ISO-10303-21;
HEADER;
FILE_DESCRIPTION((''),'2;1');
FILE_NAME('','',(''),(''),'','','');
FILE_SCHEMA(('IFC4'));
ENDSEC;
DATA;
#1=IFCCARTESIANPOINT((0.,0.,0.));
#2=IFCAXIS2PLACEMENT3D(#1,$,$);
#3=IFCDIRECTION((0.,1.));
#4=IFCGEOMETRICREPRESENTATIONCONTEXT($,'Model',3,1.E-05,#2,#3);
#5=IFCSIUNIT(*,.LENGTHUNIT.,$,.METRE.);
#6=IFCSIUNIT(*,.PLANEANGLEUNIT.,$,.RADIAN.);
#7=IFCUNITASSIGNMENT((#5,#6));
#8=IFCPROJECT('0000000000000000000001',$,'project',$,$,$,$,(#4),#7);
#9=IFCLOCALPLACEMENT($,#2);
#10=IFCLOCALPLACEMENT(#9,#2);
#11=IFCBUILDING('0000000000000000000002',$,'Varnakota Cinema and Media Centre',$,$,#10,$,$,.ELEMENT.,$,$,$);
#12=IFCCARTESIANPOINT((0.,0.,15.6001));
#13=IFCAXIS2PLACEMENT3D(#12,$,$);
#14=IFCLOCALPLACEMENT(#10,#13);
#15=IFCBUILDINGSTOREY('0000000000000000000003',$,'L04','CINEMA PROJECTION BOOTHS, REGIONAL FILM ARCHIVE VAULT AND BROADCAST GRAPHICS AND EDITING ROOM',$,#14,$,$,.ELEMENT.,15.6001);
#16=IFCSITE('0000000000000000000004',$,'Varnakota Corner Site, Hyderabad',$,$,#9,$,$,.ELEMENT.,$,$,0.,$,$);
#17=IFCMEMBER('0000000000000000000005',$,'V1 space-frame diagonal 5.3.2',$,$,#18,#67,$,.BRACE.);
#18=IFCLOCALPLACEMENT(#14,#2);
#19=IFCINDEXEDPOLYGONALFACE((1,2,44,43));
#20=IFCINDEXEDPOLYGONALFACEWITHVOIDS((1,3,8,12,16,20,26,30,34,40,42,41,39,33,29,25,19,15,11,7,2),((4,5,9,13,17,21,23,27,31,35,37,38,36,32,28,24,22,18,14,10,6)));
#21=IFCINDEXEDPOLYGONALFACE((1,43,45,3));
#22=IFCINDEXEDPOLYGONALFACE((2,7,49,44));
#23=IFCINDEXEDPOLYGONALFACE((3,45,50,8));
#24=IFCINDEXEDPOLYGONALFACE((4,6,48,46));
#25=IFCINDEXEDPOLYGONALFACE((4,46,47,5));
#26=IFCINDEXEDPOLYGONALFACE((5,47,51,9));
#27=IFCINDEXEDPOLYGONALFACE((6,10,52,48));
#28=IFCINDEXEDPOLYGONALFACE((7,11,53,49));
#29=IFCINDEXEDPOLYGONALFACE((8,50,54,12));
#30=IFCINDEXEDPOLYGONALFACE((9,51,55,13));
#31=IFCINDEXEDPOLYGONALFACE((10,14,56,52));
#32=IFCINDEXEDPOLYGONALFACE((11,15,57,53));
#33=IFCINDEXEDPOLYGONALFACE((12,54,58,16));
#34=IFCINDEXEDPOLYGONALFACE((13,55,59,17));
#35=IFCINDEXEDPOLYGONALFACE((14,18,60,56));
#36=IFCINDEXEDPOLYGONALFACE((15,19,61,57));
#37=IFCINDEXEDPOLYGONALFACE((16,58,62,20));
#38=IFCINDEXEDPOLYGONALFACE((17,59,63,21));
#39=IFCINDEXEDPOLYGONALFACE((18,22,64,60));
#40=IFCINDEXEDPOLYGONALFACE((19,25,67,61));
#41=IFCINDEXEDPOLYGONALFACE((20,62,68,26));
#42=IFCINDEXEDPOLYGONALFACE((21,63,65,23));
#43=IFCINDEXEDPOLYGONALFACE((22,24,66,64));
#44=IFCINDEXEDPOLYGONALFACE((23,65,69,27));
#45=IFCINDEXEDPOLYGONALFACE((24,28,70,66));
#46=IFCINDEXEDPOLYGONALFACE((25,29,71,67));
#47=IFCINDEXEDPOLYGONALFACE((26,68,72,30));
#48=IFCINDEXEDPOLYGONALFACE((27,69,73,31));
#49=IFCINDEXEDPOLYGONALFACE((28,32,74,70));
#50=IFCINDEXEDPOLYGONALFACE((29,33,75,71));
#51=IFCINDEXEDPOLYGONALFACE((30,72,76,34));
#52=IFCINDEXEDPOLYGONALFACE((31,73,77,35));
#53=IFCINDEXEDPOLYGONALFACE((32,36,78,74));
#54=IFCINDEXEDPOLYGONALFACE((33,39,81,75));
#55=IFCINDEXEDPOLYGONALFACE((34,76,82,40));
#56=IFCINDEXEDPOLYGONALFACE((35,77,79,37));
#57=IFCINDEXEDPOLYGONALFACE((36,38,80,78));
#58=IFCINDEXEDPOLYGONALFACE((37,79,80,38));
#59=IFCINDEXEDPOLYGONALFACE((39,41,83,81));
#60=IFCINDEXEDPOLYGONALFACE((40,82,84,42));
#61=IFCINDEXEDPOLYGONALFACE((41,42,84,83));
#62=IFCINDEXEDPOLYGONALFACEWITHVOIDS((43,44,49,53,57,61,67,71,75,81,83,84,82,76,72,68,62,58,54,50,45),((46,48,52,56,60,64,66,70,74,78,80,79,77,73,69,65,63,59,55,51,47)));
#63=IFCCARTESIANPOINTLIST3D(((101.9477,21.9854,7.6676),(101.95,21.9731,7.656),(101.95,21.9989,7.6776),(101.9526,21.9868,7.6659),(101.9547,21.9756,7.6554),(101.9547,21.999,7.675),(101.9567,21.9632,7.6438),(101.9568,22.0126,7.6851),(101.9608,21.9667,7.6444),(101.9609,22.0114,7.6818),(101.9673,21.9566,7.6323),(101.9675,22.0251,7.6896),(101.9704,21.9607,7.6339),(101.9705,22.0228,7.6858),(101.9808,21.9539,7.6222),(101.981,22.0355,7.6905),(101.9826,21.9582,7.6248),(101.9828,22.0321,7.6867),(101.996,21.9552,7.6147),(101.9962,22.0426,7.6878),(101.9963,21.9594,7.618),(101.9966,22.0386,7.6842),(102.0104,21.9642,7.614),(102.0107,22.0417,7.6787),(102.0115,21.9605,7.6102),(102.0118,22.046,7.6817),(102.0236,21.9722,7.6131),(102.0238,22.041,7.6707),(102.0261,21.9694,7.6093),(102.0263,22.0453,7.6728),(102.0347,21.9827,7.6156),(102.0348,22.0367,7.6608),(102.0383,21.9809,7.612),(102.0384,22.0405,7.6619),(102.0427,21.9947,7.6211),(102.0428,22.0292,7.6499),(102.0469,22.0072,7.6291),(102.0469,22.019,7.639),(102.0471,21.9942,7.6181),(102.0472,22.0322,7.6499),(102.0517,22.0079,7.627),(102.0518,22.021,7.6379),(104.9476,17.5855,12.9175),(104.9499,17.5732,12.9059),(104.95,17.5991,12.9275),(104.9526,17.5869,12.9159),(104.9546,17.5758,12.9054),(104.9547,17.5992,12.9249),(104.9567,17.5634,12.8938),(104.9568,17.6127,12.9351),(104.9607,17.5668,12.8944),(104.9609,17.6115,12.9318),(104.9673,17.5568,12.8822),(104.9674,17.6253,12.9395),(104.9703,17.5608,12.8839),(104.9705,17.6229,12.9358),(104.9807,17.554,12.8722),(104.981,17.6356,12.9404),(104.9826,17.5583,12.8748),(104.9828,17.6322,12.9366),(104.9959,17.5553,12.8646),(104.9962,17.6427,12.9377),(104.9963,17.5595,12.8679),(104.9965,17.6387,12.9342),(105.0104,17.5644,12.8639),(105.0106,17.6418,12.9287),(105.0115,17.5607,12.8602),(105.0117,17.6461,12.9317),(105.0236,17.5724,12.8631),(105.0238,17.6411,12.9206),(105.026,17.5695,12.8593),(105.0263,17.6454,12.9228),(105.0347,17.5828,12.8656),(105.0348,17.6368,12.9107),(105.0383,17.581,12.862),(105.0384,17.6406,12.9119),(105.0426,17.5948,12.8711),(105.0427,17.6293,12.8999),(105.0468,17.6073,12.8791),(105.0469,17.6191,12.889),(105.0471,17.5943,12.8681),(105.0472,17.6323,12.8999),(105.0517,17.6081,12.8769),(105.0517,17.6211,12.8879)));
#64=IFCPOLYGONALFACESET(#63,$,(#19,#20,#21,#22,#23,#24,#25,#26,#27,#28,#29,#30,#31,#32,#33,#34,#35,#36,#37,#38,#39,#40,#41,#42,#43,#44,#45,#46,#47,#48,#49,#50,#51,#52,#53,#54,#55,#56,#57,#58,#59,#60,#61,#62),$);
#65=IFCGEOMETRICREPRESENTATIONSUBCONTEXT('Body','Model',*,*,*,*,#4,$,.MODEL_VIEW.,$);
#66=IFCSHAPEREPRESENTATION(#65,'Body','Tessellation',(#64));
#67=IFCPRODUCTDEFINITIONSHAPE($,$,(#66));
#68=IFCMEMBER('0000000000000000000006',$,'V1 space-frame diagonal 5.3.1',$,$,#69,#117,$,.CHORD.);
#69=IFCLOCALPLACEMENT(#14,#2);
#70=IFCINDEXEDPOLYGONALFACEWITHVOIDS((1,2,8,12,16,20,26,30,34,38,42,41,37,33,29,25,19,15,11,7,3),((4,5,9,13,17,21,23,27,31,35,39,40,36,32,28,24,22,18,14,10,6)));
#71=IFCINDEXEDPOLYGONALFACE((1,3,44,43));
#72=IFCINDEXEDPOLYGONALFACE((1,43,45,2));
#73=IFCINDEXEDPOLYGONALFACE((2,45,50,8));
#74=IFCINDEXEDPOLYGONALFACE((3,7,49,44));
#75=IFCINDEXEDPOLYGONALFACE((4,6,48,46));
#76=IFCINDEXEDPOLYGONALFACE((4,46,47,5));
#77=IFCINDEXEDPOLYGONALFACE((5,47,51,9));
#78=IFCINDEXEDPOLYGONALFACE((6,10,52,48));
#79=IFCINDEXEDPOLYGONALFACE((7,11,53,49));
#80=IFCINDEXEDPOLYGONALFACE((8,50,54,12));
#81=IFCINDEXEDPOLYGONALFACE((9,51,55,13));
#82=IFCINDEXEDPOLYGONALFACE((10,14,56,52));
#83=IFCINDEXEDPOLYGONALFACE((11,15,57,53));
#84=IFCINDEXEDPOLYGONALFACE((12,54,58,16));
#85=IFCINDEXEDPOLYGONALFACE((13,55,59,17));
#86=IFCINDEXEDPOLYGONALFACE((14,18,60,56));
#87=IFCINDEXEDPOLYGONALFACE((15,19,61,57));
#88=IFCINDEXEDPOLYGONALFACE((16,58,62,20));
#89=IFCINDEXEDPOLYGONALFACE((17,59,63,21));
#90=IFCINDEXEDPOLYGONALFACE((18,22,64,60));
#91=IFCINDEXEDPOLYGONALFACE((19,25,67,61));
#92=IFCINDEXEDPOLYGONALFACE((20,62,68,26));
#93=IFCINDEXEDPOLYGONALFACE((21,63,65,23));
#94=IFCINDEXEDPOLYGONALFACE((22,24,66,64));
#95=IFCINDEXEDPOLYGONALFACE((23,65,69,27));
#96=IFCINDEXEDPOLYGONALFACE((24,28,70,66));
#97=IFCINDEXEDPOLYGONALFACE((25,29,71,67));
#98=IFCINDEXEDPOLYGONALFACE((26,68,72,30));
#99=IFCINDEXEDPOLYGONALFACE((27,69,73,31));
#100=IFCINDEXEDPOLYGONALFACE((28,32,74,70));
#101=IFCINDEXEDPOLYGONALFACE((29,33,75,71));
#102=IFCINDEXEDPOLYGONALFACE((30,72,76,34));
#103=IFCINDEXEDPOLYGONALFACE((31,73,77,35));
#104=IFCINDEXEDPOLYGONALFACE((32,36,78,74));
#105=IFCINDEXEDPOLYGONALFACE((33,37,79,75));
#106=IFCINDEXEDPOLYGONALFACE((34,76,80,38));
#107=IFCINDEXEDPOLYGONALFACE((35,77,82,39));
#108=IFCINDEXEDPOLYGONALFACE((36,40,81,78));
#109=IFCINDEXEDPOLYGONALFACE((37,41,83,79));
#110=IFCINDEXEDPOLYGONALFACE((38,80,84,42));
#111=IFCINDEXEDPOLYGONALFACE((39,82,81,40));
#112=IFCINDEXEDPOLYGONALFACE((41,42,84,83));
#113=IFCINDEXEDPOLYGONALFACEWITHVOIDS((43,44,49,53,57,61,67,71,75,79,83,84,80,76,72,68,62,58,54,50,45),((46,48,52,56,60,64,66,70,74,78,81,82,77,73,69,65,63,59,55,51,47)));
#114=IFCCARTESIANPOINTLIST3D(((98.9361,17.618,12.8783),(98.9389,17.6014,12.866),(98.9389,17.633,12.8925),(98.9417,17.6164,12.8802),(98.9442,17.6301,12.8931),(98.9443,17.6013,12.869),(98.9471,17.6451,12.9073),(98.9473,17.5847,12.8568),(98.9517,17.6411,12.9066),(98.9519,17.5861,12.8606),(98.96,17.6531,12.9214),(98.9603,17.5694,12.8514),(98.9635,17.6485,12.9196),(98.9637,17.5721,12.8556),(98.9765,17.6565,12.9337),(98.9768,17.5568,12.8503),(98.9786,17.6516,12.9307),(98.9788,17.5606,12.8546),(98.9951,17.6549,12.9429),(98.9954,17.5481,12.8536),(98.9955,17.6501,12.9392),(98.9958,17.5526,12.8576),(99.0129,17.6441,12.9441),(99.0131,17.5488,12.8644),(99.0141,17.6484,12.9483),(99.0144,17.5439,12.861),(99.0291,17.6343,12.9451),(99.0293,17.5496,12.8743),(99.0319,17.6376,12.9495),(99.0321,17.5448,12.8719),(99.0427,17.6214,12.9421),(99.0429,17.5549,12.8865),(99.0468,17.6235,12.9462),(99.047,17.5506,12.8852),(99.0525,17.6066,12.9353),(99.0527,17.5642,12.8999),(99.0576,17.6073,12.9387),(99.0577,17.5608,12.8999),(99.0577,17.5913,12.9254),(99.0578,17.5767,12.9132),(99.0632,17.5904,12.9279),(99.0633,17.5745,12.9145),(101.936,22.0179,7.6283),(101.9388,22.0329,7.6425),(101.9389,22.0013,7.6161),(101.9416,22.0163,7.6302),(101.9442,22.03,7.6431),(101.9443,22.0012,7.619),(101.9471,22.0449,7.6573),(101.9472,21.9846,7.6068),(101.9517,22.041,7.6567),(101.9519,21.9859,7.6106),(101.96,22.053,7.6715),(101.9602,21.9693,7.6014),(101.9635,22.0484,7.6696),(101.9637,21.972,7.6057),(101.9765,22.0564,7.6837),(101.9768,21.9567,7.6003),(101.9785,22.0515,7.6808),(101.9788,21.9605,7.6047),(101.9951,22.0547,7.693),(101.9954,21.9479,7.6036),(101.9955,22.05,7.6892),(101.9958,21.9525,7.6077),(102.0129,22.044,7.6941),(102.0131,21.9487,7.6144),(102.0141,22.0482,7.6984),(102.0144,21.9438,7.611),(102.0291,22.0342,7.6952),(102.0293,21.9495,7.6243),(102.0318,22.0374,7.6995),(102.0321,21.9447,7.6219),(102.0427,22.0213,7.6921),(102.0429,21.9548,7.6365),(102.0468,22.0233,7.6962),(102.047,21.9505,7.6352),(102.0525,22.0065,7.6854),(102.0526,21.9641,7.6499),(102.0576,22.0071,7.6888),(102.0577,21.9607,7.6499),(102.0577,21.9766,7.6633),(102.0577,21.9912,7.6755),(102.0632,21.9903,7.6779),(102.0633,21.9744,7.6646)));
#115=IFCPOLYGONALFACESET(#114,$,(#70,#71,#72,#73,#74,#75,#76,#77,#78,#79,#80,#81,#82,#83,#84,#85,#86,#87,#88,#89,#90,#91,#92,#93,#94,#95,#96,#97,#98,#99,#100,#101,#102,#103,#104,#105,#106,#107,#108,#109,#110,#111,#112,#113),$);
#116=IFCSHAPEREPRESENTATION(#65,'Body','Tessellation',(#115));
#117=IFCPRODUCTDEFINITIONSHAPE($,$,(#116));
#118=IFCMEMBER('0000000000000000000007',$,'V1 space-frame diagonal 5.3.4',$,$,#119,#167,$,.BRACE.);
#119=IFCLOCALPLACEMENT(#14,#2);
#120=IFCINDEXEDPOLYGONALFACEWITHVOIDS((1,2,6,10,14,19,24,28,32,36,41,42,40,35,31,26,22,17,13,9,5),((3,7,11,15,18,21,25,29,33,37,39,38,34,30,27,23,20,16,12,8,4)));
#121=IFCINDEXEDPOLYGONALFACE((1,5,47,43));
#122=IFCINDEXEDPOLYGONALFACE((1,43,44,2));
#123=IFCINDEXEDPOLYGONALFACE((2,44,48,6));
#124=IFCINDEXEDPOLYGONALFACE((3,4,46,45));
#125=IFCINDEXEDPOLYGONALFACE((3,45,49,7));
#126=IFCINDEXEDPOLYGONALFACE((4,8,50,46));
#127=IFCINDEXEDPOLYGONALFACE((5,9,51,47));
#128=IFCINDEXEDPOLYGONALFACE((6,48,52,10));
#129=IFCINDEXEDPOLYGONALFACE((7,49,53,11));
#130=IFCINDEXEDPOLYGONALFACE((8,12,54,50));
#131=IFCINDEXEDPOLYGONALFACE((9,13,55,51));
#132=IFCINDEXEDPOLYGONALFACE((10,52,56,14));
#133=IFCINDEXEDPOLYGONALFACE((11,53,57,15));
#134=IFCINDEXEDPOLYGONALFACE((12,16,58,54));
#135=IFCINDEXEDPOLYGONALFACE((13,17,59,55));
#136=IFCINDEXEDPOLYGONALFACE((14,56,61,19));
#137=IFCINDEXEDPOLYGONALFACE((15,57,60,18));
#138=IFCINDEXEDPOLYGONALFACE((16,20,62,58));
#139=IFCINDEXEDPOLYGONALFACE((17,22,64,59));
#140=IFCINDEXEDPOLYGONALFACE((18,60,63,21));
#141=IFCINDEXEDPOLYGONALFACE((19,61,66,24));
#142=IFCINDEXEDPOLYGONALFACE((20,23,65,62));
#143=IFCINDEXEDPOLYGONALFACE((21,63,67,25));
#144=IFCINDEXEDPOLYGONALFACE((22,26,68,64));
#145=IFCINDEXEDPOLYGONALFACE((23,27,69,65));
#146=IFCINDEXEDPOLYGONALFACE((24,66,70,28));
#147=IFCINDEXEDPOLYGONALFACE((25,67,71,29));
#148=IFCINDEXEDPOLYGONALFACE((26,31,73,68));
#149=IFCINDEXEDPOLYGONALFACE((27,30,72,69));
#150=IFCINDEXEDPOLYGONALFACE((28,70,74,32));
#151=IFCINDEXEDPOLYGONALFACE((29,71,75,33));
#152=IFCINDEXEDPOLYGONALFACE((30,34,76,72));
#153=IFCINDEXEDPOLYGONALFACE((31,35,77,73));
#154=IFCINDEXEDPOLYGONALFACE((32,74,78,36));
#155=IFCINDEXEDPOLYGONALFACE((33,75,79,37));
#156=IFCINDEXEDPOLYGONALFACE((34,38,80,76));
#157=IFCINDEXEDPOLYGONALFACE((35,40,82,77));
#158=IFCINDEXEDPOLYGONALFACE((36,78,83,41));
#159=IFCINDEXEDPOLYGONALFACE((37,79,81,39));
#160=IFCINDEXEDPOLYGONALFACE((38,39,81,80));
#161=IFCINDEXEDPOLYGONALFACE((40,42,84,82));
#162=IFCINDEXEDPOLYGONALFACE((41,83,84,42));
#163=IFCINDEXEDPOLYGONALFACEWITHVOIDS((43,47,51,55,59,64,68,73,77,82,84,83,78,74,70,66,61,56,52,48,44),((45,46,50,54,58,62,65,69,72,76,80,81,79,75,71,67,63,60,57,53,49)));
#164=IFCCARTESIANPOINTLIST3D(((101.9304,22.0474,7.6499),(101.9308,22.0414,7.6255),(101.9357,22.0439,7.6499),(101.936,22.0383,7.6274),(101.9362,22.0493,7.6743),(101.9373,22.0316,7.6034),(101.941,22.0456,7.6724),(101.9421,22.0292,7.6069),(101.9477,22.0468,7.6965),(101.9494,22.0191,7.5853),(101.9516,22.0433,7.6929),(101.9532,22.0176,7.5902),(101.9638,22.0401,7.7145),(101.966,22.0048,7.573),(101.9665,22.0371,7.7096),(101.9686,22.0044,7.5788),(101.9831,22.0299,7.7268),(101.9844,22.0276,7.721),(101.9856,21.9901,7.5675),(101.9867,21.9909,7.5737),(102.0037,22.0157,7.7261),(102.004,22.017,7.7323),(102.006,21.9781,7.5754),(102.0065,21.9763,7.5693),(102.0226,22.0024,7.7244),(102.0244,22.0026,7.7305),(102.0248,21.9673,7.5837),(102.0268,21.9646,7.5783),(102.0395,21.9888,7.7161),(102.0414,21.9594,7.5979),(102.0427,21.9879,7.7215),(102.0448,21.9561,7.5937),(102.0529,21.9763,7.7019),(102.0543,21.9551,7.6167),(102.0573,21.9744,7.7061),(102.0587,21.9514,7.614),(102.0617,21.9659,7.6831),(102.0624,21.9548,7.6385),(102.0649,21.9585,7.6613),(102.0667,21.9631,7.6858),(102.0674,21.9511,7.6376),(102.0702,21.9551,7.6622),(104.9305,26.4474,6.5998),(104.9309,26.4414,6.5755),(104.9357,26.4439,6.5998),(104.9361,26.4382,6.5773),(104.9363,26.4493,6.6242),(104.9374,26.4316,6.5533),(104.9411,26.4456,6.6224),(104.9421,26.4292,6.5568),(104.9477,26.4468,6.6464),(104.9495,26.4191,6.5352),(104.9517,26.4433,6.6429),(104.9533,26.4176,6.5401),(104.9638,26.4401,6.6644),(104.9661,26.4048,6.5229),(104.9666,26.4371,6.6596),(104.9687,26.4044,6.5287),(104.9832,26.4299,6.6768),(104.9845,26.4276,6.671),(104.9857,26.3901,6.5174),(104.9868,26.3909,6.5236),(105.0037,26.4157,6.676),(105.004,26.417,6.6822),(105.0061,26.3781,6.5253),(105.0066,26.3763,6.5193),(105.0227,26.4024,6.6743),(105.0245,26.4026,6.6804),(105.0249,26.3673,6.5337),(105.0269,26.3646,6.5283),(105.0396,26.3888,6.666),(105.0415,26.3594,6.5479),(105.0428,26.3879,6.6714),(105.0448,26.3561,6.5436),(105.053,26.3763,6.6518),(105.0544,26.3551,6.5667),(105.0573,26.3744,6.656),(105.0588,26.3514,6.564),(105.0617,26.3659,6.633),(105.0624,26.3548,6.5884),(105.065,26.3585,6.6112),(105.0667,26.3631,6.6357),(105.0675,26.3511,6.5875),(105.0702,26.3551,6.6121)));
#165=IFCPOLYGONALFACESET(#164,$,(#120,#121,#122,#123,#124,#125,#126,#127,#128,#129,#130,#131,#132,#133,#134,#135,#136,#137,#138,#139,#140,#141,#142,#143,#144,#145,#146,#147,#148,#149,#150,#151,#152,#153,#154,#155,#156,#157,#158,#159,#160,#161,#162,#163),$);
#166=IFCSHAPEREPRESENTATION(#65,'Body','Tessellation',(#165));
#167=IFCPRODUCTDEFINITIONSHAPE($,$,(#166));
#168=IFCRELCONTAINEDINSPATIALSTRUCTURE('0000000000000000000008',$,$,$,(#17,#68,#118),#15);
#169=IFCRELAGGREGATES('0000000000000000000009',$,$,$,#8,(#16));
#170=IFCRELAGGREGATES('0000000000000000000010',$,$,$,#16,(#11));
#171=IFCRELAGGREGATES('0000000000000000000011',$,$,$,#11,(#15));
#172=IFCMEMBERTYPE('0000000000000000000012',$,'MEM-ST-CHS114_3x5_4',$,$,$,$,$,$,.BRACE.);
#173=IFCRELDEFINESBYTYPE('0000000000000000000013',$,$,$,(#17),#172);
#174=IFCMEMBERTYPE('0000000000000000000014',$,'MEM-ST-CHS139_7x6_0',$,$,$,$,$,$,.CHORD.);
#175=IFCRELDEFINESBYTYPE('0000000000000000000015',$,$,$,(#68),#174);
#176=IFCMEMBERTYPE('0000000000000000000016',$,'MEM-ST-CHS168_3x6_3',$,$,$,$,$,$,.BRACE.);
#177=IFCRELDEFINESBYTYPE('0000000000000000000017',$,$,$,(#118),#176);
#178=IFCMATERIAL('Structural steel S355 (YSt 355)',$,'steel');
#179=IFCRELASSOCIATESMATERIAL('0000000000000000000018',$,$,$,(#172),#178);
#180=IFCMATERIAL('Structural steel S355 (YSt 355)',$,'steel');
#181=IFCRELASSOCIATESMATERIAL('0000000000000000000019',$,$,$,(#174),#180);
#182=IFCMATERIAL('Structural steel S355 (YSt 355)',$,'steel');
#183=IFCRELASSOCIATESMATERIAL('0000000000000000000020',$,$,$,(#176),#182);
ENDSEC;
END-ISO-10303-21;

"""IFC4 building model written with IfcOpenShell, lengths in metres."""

from ifc_helpers import new_model, si_unit, direction, frame, origin, origin_2d, place, context, subcontext, project, spatial, hollow_circle, extrude, material, material_profile, profile_set, type_object, element, save


model = new_model("IFC4")

# Units and contexts
model_context = context("Model", 3, precision=1e-05, world=origin(), true_north=direction((0.0, 1.0)))
body_context = subcontext(model_context, "Body", "Model", "MODEL_VIEW")
ifc_project = project(units=[si_unit("LENGTHUNIT", "METRE"), si_unit("PLANEANGLEUNIT", "RADIAN")], contexts=[model_context])

# Site, building, storey
site_placement = place(None, origin())
site = spatial("IfcSite", under=ifc_project, at=site_placement, Name="Varnakota Corner Site, Hyderabad", CompositionType="ELEMENT", RefElevation=0.0)
building_placement = place(site_placement, origin())
building = spatial("IfcBuilding", under=site, at=building_placement, Name="Varnakota Cinema and Media Centre", CompositionType="ELEMENT")
storey_placement = place(building_placement, frame((0.0, 0.0, 15.6001)))
storey = spatial("IfcBuildingStorey", under=building, at=storey_placement, Name="L04", Description="CINEMA PROJECTION BOOTHS, REGIONAL FILM ARCHIVE VAULT AND BROADCAST GRAPHICS AND EDITING ROOM", CompositionType="ELEMENT", Elevation=15.6001)

# Members
ifc_material_1 = material(Name="Structural steel S355 (YSt 355)", Category="steel")
ifc_material_profile_1 = material_profile(ifc_material_1, hollow_circle(Radius=0.0571, WallThickness=0.0054, at=origin_2d()), Name="CHS 114.3x5.4")
ifc_profile_set_1 = profile_set([ifc_material_profile_1], Name="Structural steel S355 (YSt 355)")
member_type_1 = type_object("IfcMemberType", Name="MEM-ST-CHS114_3x5_4", PredefinedType="BRACE", material=ifc_profile_set_1)
member_1_placement = place(storey_placement, frame((102.0, 22.0, 7.6499), z_axis=(0.401173, -0.588373, 0.702052), x_axis=(0.826222, 0.563345, 0.0)))
element("IfcMember", 1, at=member_1_placement, inside=storey, type_object=member_type_1, Name="V1 space-frame diagonal 5.3.2", PredefinedType="BRACE", context=body_context, shape_type="SweptSolid", body=[
    extrude(hollow_circle(Radius=0.0571, WallThickness=0.0054, at=origin_2d()), origin(), (0.0, 0.0, 1.0), 7.478),
])
ifc_material_2 = material(Name="Structural steel S355 (YSt 355)", Category="steel")
ifc_material_profile_2 = material_profile(ifc_material_2, hollow_circle(Radius=0.0698, WallThickness=0.0061, at=origin_2d()), Name="CHS 139.7x6.0")
ifc_profile_set_2 = profile_set([ifc_material_profile_2], Name="Structural steel S355 (YSt 355)")
member_type_2 = type_object("IfcMemberType", Name="MEM-ST-CHS139_7x6_0", PredefinedType="CHORD", material=ifc_profile_set_2)
member_2_placement = place(storey_placement, frame((102.0, 22.0, 7.6499), z_axis=(-0.401173, -0.588373, 0.702052), x_axis=(0.826222, -0.563345, 0.0)))
element("IfcMember", 2, at=member_2_placement, inside=storey, type_object=member_type_2, Name="V1 space-frame diagonal 5.3.1", PredefinedType="CHORD", context=body_context, shape_type="SweptSolid", body=[
    extrude(hollow_circle(Radius=0.0698, WallThickness=0.0061, at=origin_2d()), origin(), (0.0, 0.0, 1.0), 7.478),
])
ifc_material_3 = material(Name="Structural steel S355 (YSt 355)", Category="steel")
ifc_material_profile_3 = material_profile(ifc_material_3, hollow_circle(Radius=0.0842, WallThickness=0.0063, at=origin_2d()), Name="CHS 168.3x6.3")
ifc_profile_set_3 = profile_set([ifc_material_profile_3], Name="Structural steel S355 (YSt 355)")
member_type_3 = type_object("IfcMemberType", Name="MEM-ST-CHS168_3x6_3", PredefinedType="BRACE", material=ifc_profile_set_3)
member_3_placement = place(storey_placement, frame((102.0, 22.0, 7.6499), z_axis=(0.552703, 0.810613, -0.193455), x_axis=(-0.826222, 0.563345, 0.0)))
element("IfcMember", 3, at=member_3_placement, inside=storey, type_object=member_type_3, Name="V1 space-frame diagonal 5.3.4", PredefinedType="BRACE", context=body_context, shape_type="SweptSolid", body=[
    extrude(hollow_circle(Radius=0.0842, WallThickness=0.0063, at=origin_2d()), origin(), (0.0, 0.0, 1.0), 5.428),
])

save(model, "model.ifc")
